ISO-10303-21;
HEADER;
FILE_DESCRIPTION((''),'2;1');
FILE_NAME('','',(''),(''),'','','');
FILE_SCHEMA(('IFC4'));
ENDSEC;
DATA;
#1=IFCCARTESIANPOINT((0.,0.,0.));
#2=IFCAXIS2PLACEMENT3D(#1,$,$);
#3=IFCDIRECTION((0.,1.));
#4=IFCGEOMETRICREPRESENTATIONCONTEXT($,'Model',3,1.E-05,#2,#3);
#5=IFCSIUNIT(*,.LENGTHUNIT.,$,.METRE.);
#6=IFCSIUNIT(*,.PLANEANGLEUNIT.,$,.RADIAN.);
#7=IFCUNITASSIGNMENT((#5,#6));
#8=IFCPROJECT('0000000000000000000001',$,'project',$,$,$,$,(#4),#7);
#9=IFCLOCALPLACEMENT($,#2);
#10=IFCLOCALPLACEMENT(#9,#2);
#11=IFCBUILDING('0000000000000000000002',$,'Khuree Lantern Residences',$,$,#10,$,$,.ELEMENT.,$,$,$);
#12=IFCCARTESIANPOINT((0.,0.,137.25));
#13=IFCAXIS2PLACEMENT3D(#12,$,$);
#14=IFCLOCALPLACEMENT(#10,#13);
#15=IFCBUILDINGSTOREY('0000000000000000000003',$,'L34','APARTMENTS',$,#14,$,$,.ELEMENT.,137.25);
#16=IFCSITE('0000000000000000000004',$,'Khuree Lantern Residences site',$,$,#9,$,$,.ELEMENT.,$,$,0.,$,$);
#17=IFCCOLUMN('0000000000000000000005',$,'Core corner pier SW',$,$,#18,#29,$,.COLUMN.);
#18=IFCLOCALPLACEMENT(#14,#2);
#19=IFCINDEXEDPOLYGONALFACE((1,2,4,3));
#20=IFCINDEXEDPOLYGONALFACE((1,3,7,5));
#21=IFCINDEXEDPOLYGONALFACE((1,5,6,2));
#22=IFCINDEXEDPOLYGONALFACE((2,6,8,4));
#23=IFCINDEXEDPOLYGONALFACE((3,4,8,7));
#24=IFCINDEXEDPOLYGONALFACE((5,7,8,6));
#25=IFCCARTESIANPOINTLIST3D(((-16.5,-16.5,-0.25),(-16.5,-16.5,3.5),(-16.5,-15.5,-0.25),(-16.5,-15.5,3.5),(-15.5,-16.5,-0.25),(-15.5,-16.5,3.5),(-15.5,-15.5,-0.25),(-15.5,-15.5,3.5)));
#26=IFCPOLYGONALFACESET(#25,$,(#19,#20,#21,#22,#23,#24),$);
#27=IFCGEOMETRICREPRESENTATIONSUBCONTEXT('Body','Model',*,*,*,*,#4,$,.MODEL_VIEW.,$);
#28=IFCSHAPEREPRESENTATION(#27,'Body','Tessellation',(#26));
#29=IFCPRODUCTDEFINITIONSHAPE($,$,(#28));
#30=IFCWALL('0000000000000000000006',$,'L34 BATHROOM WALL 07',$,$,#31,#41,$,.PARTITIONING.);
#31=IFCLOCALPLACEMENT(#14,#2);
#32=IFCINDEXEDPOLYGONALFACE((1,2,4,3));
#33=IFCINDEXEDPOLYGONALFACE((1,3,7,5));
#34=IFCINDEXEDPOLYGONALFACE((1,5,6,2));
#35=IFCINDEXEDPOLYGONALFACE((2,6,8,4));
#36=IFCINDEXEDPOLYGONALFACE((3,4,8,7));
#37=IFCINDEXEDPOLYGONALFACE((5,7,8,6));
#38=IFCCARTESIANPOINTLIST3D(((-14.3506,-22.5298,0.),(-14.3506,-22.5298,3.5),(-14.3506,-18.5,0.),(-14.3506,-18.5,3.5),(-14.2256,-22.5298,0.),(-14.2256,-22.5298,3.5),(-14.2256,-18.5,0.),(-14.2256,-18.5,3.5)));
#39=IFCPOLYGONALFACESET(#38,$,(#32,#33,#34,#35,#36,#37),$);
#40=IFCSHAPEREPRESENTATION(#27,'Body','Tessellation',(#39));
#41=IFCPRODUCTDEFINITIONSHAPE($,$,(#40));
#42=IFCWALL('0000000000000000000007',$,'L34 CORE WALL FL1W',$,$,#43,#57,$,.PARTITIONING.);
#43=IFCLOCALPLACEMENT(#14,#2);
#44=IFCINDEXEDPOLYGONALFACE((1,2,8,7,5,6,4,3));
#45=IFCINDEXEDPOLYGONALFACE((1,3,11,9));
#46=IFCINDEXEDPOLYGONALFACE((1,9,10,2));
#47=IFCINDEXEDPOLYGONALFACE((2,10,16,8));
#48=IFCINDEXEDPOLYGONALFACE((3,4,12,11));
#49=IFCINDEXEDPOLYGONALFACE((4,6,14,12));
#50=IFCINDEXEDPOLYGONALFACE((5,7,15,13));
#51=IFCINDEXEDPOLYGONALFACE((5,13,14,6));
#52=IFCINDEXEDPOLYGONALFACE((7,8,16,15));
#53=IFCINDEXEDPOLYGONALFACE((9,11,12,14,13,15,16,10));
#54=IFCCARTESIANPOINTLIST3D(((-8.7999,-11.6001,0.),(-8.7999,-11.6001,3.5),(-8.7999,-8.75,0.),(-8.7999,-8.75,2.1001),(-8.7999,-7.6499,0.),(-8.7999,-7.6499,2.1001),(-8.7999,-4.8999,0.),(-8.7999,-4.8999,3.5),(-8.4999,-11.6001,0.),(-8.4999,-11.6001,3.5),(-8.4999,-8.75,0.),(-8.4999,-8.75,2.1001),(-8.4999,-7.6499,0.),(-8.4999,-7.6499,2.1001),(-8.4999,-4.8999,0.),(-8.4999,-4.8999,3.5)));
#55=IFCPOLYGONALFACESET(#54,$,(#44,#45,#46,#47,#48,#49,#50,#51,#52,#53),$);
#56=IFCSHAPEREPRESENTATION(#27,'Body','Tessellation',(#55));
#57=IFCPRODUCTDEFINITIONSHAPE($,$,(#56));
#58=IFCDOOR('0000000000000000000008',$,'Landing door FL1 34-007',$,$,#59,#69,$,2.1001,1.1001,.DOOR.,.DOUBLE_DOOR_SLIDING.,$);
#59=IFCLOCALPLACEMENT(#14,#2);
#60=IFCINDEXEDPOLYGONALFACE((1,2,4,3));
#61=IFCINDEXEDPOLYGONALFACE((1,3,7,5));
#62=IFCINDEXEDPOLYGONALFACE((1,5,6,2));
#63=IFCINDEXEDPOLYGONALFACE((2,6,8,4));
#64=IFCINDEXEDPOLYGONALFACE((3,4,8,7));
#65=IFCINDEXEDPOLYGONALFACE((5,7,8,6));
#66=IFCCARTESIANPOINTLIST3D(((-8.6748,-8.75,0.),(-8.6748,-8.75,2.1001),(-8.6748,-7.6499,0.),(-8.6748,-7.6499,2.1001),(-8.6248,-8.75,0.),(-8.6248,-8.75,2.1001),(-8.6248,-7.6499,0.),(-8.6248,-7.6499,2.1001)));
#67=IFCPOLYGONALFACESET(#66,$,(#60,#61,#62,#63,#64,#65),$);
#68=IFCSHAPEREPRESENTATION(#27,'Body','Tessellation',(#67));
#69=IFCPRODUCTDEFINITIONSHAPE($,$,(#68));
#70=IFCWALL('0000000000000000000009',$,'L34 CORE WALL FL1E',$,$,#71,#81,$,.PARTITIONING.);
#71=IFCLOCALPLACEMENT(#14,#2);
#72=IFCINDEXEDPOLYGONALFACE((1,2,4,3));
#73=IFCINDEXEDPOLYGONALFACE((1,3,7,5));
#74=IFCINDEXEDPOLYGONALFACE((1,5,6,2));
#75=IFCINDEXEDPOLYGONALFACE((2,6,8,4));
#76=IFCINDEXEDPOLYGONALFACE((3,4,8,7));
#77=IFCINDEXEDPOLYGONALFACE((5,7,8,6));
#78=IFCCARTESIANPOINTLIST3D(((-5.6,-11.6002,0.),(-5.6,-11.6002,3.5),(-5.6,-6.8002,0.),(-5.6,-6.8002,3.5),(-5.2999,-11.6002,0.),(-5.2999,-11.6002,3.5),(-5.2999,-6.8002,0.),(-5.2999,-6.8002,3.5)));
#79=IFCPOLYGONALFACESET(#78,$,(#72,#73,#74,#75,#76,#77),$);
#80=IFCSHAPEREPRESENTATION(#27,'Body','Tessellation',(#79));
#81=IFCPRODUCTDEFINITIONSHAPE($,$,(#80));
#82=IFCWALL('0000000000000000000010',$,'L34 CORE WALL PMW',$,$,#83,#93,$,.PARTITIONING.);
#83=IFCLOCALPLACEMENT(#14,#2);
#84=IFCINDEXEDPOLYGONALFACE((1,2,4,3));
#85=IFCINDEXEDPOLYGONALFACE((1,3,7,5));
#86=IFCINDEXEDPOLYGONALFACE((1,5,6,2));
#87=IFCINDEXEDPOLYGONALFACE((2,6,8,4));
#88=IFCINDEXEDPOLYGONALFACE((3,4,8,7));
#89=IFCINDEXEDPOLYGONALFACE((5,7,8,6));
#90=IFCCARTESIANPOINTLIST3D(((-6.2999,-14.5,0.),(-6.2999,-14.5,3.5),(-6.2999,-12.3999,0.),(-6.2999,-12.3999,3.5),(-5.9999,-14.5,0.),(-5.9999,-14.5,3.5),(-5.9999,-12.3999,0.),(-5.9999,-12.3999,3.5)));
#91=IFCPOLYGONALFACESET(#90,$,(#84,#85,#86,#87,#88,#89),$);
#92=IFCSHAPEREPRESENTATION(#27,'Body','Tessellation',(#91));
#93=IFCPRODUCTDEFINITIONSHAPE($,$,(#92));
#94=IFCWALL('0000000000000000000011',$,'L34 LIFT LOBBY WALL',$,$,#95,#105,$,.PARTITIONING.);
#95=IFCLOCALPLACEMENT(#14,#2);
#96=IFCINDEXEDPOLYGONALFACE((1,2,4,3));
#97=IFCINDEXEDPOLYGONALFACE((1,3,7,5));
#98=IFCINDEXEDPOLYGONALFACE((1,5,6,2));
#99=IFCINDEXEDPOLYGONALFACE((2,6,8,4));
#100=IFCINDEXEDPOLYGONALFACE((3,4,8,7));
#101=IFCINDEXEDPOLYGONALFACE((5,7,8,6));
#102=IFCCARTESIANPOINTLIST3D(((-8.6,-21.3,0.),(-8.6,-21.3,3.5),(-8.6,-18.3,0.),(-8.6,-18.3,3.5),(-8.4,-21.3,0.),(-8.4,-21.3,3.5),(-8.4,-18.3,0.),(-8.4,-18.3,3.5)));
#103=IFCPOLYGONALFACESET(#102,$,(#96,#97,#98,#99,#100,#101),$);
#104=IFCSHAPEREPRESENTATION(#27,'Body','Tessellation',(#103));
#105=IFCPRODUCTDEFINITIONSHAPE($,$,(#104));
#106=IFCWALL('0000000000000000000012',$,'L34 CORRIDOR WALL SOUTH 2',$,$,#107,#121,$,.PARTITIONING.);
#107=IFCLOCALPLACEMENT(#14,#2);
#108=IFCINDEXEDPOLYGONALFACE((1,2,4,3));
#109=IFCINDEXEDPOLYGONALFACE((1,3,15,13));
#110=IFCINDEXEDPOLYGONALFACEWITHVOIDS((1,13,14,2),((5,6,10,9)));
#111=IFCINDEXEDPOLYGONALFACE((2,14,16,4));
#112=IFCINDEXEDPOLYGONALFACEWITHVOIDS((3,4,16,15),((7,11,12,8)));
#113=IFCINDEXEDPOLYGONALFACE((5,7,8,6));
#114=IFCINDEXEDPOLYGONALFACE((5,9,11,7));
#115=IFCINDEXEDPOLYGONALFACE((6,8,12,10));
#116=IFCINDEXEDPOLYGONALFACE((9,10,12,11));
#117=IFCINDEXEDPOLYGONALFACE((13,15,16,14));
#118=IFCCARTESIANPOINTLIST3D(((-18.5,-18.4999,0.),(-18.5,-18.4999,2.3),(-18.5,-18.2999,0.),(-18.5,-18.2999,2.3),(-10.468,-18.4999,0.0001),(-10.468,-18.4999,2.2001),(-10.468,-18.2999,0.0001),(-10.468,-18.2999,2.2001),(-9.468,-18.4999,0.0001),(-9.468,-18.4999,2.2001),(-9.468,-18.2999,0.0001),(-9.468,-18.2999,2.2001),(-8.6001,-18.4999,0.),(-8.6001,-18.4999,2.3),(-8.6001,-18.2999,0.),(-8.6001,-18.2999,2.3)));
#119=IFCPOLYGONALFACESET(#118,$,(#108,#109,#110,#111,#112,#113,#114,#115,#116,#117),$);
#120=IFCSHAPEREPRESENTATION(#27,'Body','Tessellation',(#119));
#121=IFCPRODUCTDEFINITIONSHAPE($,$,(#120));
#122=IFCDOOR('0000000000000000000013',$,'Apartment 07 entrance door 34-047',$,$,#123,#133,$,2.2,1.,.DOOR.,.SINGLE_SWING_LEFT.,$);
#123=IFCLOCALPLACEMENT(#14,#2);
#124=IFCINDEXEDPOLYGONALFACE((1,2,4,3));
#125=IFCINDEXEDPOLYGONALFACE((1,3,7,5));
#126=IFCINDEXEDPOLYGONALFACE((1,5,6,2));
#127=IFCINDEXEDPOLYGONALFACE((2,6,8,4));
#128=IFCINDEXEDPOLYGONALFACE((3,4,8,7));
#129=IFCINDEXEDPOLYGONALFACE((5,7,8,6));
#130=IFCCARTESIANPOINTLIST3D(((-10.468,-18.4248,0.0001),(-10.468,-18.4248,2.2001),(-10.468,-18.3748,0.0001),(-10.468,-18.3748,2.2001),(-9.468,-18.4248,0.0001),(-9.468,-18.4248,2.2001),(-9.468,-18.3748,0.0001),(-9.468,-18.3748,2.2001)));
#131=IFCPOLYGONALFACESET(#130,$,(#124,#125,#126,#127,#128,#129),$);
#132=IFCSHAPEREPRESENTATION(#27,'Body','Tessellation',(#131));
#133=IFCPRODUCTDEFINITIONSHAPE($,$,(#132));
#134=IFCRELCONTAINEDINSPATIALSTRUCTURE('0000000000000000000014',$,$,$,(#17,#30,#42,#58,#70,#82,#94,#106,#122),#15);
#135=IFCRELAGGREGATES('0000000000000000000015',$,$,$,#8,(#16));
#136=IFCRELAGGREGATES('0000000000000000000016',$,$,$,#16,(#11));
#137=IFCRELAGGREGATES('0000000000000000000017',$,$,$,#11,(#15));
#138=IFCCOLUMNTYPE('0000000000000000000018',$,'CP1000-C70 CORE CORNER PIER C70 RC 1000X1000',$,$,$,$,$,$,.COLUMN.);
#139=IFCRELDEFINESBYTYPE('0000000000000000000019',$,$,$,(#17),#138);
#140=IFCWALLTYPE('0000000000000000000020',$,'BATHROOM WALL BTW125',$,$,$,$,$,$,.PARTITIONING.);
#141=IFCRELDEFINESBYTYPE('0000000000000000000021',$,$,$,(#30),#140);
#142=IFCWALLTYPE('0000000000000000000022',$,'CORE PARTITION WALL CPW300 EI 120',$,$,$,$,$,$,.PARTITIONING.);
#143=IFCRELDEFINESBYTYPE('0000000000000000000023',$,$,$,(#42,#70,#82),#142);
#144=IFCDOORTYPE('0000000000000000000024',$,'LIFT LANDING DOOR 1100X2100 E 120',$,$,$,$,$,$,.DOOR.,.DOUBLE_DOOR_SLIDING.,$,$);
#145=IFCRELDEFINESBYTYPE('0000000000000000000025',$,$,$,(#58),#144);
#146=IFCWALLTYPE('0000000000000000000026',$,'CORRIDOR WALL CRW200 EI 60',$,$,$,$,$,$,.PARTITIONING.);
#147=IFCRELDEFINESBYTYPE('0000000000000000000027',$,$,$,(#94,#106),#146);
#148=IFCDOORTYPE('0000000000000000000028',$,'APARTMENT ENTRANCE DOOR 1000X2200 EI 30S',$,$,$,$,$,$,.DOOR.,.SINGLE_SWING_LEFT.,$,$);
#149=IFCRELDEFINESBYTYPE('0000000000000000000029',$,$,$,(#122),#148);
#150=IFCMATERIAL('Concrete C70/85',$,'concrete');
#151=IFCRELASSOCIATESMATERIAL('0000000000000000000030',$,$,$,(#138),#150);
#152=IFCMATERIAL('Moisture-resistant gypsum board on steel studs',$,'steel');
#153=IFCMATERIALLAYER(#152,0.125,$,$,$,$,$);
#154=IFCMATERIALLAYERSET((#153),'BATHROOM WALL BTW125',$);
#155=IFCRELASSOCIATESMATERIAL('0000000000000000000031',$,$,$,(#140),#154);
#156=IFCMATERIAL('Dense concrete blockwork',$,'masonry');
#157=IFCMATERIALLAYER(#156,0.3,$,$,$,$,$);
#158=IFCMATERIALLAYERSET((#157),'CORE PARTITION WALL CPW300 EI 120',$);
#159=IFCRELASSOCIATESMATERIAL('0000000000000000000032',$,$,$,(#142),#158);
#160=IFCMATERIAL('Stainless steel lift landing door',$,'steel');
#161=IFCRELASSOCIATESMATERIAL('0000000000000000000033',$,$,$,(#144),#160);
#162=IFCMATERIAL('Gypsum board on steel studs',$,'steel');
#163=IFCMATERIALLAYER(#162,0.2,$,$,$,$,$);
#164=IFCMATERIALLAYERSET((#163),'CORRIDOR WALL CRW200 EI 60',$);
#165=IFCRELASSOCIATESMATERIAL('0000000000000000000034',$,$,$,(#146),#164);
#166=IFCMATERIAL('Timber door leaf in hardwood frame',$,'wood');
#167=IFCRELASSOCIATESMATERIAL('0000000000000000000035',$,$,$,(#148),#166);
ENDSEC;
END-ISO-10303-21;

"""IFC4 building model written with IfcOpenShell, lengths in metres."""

from ifc_helpers import new_model, si_unit, direction, frame, frame_2d, origin, origin_2d, place, context, subcontext, project, spatial, rectangle, extrude, material, layer, layer_set, material_profile, profile_set, type_object, element, fill, save


model = new_model("IFC4")

# Units and contexts
model_context = context("Model", 3, precision=1e-05, world=origin(), true_north=direction((0.0, 1.0)))
body_context = subcontext(model_context, "Body", "Model", "MODEL_VIEW")
ifc_project = project(units=[si_unit("LENGTHUNIT", "METRE"), si_unit("PLANEANGLEUNIT", "RADIAN")], contexts=[model_context])

# Site, building, storey
site_placement = place(None, origin())
site = spatial("IfcSite", under=ifc_project, at=site_placement, Name="Khuree Lantern Residences site", CompositionType="ELEMENT", RefElevation=0.0)
building_placement = place(site_placement, origin())
building = spatial("IfcBuilding", under=site, at=building_placement, Name="Khuree Lantern Residences", CompositionType="ELEMENT")
storey_placement = place(building_placement, frame((0.0, 0.0, 137.25)))
storey = spatial("IfcBuildingStorey", under=building, at=storey_placement, Name="L34", Description="APARTMENTS", CompositionType="ELEMENT", Elevation=137.25)

# Column
ifc_material_1 = material(Name="Concrete C70/85", Category="concrete")
ifc_material_profile = material_profile(ifc_material_1, rectangle(XDim=1.0, YDim=1.0, at=origin_2d()), Name="RC 1000X1000")
ifc_profile_set = profile_set([ifc_material_profile], Name="Concrete C70/85")
column_type = type_object("IfcColumnType", Name="CP1000-C70 CORE CORNER PIER C70 RC 1000X1000", PredefinedType="COLUMN", material=ifc_profile_set)
column_placement = place(storey_placement, frame((-16.0, -16.0, -0.25), z_axis=(0.0, 0.0, 1.0), x_axis=(1.0, 0.0, 0.0)))
element("IfcColumn", 1, at=column_placement, inside=storey, type_object=column_type, Name="Core corner pier SW", PredefinedType="COLUMN", context=body_context, shape_type="SweptSolid", body=[
    extrude(rectangle(XDim=1.0, YDim=1.0, at=origin_2d()), origin(), (0.0, 0.0, 1.0), 3.75),
])

# Wall
ifc_material_2 = material(Name="Moisture-resistant gypsum board on steel studs", Category="steel")
ifc_layer_1 = layer(ifc_material_2, 0.125)
ifc_layer_set_1 = layer_set([ifc_layer_1], Name="BATHROOM WALL BTW125")
wall_type_1 = type_object("IfcWallType", Name="BATHROOM WALL BTW125", PredefinedType="PARTITIONING", material=ifc_layer_set_1)
wall_1_placement = place(storey_placement, frame((-14.2881, -18.5, 0.0), z_axis=(0.0, 0.0, 1.0), x_axis=(0.0, -1.0, 0.0)))
element("IfcWall", 2, at=wall_1_placement, inside=storey, type_object=wall_type_1, Name="L34 BATHROOM WALL 07", PredefinedType="PARTITIONING", context=body_context, shape_type="SweptSolid", body=[
    extrude(rectangle(XDim=4.0298, YDim=0.125, at=frame_2d((2.0149, 0.0))), origin(), (0.0, 0.0, 1.0), 3.5),
])

# Wall, opening, door
ifc_material_3 = material(Name="Dense concrete blockwork", Category="masonry")
ifc_layer_2 = layer(ifc_material_3, 0.3)
ifc_layer_set_2 = layer_set([ifc_layer_2], Name="CORE PARTITION WALL CPW300 EI 120")
wall_type_2 = type_object("IfcWallType", Name="CORE PARTITION WALL CPW300 EI 120", PredefinedType="PARTITIONING", material=ifc_layer_set_2)
wall_2_placement = place(storey_placement, frame((-8.6499, -11.6001, 0.0), z_axis=(0.0, 0.0, 1.0), x_axis=(0.0, 1.0, 0.0)))
wall_2 = element("IfcWall", 3, at=wall_2_placement, inside=storey, type_object=wall_type_2, Name="L34 CORE WALL FL1W", PredefinedType="PARTITIONING", context=body_context, shape_type="SweptSolid", body=[
    extrude(rectangle(XDim=6.7002, YDim=0.3, at=frame_2d((3.3501, 0.0))), origin(), (0.0, 0.0, 1.0), 3.5),
])
opening_1_placement = place(wall_2_placement, frame((2.8501, 0.0, 0.0)))
opening_1 = element("IfcOpeningElement", 4, at=opening_1_placement, cuts=wall_2, PredefinedType="OPENING", context=body_context, shape_type="SweptSolid", body=[
    extrude(rectangle(XDim=1.1001, YDim=2.1001, at=frame_2d((0.55, 1.05))), frame((0.0, 0.1602, 0.0), z_axis=(0.0, -1.0, 0.0), x_axis=(1.0, 0.0, 0.0)), (0.0, 0.0, 1.0), 0.3201),
])
ifc_material_4 = material(Name="Stainless steel lift landing door", Category="steel")
door_type_1 = type_object("IfcDoorType", Name="LIFT LANDING DOOR 1100X2100 E 120", OperationType="DOUBLE_DOOR_SLIDING", PredefinedType="DOOR", material=ifc_material_4)
door_1_placement = place(opening_1_placement, origin())
door_1 = element("IfcDoor", 5, at=door_1_placement, inside=storey, type_object=door_type_1, Name="Landing door FL1 34-007", OperationType="DOUBLE_DOOR_SLIDING", OverallHeight=2.1001, OverallWidth=1.1001, PredefinedType="DOOR", context=body_context, shape_type="SweptSolid", body=[
    extrude(rectangle(XDim=1.1001, YDim=2.1001, at=frame_2d((0.55, 1.05))), frame((0.0, 0.0249, 0.0), z_axis=(0.0, -1.0, 0.0), x_axis=(1.0, 0.0, 0.0)), (0.0, 0.0, 1.0), 0.05),
])
fill(opening_1, door_1)

# Walls
wall_3_placement = place(storey_placement, frame((-5.45, -11.6001, 0.0), z_axis=(0.0, 0.0, 1.0), x_axis=(0.0, 1.0, 0.0)))
element("IfcWall", 6, at=wall_3_placement, inside=storey, type_object=wall_type_2, Name="L34 CORE WALL FL1E", PredefinedType="PARTITIONING", context=body_context, shape_type="SweptSolid", body=[
    extrude(rectangle(XDim=4.8, YDim=0.3, at=frame_2d((2.3999, 0.0))), origin(), (0.0, 0.0, 1.0), 3.5),
])
wall_4_placement = place(storey_placement, frame((-6.1499, -14.5, 0.0), z_axis=(0.0, 0.0, 1.0), x_axis=(0.0, 1.0, 0.0)))
element("IfcWall", 7, at=wall_4_placement, inside=storey, type_object=wall_type_2, Name="L34 CORE WALL PMW", PredefinedType="PARTITIONING", context=body_context, shape_type="SweptSolid", body=[
    extrude(rectangle(XDim=2.1001, YDim=0.3, at=frame_2d((1.05, 0.0))), origin(), (0.0, 0.0, 1.0), 3.5),
])
ifc_material_5 = material(Name="Gypsum board on steel studs", Category="steel")
ifc_layer_3 = layer(ifc_material_5, 0.2)
ifc_layer_set_3 = layer_set([ifc_layer_3], Name="CORRIDOR WALL CRW200 EI 60")
wall_type_3 = type_object("IfcWallType", Name="CORRIDOR WALL CRW200 EI 60", PredefinedType="PARTITIONING", material=ifc_layer_set_3)
wall_5_placement = place(storey_placement, frame((-8.5, -18.3, 0.0), z_axis=(0.0, 0.0, 1.0), x_axis=(0.0, -1.0, 0.0)))
element("IfcWall", 8, at=wall_5_placement, inside=storey, type_object=wall_type_3, Name="L34 LIFT LOBBY WALL", PredefinedType="PARTITIONING", context=body_context, shape_type="SweptSolid", body=[
    extrude(rectangle(XDim=3.0, YDim=0.2, at=frame_2d((1.5, 0.0))), origin(), (0.0, 0.0, 1.0), 3.5),
])

# Wall, opening, door
wall_6_placement = place(storey_placement, frame((-8.6001, -18.3999, 0.0), z_axis=(0.0, 0.0, 1.0), x_axis=(-1.0, 0.0, 0.0)))
wall_6 = element("IfcWall", 9, at=wall_6_placement, inside=storey, type_object=wall_type_3, Name="L34 CORRIDOR WALL SOUTH 2", PredefinedType="PARTITIONING", context=body_context, shape_type="SweptSolid", body=[
    extrude(rectangle(XDim=9.8999, YDim=0.2, at=frame_2d((4.95, 0.0))), origin(), (0.0, 0.0, 1.0), 2.3),
])
opening_2_placement = place(wall_6_placement, frame((0.8679, 0.0, 0.0)))
opening_2 = element("IfcOpeningElement", 10, at=opening_2_placement, cuts=wall_6, PredefinedType="OPENING", context=body_context, shape_type="SweptSolid", body=[
    extrude(rectangle(XDim=1.0, YDim=2.2, at=frame_2d((0.5, 1.1001))), frame((0.0, 0.1099, 0.0), z_axis=(0.0, -1.0, 0.0), x_axis=(1.0, 0.0, 0.0)), (0.0, 0.0, 1.0), 0.22),
])
ifc_material_6 = material(Name="Timber door leaf in hardwood frame", Category="wood")
door_type_2 = type_object("IfcDoorType", Name="APARTMENT ENTRANCE DOOR 1000X2200 EI 30S", OperationType="SINGLE_SWING_LEFT", PredefinedType="DOOR", material=ifc_material_6)
door_2_placement = place(opening_2_placement, origin())
door_2 = element("IfcDoor", 11, at=door_2_placement, inside=storey, type_object=door_type_2, Name="Apartment 07 entrance door 34-047", OperationType="SINGLE_SWING_LEFT", OverallHeight=2.2, OverallWidth=1.0, PredefinedType="DOOR", context=body_context, shape_type="SweptSolid", body=[
    extrude(rectangle(XDim=1.0, YDim=2.2, at=frame_2d((0.5, 1.1001))), frame((0.0, 0.0249, 0.0), z_axis=(0.0, -1.0, 0.0), x_axis=(1.0, 0.0, 0.0)), (0.0, 0.0, 1.0), 0.05),
])
fill(opening_2, door_2)

save(model, "model.ifc")
